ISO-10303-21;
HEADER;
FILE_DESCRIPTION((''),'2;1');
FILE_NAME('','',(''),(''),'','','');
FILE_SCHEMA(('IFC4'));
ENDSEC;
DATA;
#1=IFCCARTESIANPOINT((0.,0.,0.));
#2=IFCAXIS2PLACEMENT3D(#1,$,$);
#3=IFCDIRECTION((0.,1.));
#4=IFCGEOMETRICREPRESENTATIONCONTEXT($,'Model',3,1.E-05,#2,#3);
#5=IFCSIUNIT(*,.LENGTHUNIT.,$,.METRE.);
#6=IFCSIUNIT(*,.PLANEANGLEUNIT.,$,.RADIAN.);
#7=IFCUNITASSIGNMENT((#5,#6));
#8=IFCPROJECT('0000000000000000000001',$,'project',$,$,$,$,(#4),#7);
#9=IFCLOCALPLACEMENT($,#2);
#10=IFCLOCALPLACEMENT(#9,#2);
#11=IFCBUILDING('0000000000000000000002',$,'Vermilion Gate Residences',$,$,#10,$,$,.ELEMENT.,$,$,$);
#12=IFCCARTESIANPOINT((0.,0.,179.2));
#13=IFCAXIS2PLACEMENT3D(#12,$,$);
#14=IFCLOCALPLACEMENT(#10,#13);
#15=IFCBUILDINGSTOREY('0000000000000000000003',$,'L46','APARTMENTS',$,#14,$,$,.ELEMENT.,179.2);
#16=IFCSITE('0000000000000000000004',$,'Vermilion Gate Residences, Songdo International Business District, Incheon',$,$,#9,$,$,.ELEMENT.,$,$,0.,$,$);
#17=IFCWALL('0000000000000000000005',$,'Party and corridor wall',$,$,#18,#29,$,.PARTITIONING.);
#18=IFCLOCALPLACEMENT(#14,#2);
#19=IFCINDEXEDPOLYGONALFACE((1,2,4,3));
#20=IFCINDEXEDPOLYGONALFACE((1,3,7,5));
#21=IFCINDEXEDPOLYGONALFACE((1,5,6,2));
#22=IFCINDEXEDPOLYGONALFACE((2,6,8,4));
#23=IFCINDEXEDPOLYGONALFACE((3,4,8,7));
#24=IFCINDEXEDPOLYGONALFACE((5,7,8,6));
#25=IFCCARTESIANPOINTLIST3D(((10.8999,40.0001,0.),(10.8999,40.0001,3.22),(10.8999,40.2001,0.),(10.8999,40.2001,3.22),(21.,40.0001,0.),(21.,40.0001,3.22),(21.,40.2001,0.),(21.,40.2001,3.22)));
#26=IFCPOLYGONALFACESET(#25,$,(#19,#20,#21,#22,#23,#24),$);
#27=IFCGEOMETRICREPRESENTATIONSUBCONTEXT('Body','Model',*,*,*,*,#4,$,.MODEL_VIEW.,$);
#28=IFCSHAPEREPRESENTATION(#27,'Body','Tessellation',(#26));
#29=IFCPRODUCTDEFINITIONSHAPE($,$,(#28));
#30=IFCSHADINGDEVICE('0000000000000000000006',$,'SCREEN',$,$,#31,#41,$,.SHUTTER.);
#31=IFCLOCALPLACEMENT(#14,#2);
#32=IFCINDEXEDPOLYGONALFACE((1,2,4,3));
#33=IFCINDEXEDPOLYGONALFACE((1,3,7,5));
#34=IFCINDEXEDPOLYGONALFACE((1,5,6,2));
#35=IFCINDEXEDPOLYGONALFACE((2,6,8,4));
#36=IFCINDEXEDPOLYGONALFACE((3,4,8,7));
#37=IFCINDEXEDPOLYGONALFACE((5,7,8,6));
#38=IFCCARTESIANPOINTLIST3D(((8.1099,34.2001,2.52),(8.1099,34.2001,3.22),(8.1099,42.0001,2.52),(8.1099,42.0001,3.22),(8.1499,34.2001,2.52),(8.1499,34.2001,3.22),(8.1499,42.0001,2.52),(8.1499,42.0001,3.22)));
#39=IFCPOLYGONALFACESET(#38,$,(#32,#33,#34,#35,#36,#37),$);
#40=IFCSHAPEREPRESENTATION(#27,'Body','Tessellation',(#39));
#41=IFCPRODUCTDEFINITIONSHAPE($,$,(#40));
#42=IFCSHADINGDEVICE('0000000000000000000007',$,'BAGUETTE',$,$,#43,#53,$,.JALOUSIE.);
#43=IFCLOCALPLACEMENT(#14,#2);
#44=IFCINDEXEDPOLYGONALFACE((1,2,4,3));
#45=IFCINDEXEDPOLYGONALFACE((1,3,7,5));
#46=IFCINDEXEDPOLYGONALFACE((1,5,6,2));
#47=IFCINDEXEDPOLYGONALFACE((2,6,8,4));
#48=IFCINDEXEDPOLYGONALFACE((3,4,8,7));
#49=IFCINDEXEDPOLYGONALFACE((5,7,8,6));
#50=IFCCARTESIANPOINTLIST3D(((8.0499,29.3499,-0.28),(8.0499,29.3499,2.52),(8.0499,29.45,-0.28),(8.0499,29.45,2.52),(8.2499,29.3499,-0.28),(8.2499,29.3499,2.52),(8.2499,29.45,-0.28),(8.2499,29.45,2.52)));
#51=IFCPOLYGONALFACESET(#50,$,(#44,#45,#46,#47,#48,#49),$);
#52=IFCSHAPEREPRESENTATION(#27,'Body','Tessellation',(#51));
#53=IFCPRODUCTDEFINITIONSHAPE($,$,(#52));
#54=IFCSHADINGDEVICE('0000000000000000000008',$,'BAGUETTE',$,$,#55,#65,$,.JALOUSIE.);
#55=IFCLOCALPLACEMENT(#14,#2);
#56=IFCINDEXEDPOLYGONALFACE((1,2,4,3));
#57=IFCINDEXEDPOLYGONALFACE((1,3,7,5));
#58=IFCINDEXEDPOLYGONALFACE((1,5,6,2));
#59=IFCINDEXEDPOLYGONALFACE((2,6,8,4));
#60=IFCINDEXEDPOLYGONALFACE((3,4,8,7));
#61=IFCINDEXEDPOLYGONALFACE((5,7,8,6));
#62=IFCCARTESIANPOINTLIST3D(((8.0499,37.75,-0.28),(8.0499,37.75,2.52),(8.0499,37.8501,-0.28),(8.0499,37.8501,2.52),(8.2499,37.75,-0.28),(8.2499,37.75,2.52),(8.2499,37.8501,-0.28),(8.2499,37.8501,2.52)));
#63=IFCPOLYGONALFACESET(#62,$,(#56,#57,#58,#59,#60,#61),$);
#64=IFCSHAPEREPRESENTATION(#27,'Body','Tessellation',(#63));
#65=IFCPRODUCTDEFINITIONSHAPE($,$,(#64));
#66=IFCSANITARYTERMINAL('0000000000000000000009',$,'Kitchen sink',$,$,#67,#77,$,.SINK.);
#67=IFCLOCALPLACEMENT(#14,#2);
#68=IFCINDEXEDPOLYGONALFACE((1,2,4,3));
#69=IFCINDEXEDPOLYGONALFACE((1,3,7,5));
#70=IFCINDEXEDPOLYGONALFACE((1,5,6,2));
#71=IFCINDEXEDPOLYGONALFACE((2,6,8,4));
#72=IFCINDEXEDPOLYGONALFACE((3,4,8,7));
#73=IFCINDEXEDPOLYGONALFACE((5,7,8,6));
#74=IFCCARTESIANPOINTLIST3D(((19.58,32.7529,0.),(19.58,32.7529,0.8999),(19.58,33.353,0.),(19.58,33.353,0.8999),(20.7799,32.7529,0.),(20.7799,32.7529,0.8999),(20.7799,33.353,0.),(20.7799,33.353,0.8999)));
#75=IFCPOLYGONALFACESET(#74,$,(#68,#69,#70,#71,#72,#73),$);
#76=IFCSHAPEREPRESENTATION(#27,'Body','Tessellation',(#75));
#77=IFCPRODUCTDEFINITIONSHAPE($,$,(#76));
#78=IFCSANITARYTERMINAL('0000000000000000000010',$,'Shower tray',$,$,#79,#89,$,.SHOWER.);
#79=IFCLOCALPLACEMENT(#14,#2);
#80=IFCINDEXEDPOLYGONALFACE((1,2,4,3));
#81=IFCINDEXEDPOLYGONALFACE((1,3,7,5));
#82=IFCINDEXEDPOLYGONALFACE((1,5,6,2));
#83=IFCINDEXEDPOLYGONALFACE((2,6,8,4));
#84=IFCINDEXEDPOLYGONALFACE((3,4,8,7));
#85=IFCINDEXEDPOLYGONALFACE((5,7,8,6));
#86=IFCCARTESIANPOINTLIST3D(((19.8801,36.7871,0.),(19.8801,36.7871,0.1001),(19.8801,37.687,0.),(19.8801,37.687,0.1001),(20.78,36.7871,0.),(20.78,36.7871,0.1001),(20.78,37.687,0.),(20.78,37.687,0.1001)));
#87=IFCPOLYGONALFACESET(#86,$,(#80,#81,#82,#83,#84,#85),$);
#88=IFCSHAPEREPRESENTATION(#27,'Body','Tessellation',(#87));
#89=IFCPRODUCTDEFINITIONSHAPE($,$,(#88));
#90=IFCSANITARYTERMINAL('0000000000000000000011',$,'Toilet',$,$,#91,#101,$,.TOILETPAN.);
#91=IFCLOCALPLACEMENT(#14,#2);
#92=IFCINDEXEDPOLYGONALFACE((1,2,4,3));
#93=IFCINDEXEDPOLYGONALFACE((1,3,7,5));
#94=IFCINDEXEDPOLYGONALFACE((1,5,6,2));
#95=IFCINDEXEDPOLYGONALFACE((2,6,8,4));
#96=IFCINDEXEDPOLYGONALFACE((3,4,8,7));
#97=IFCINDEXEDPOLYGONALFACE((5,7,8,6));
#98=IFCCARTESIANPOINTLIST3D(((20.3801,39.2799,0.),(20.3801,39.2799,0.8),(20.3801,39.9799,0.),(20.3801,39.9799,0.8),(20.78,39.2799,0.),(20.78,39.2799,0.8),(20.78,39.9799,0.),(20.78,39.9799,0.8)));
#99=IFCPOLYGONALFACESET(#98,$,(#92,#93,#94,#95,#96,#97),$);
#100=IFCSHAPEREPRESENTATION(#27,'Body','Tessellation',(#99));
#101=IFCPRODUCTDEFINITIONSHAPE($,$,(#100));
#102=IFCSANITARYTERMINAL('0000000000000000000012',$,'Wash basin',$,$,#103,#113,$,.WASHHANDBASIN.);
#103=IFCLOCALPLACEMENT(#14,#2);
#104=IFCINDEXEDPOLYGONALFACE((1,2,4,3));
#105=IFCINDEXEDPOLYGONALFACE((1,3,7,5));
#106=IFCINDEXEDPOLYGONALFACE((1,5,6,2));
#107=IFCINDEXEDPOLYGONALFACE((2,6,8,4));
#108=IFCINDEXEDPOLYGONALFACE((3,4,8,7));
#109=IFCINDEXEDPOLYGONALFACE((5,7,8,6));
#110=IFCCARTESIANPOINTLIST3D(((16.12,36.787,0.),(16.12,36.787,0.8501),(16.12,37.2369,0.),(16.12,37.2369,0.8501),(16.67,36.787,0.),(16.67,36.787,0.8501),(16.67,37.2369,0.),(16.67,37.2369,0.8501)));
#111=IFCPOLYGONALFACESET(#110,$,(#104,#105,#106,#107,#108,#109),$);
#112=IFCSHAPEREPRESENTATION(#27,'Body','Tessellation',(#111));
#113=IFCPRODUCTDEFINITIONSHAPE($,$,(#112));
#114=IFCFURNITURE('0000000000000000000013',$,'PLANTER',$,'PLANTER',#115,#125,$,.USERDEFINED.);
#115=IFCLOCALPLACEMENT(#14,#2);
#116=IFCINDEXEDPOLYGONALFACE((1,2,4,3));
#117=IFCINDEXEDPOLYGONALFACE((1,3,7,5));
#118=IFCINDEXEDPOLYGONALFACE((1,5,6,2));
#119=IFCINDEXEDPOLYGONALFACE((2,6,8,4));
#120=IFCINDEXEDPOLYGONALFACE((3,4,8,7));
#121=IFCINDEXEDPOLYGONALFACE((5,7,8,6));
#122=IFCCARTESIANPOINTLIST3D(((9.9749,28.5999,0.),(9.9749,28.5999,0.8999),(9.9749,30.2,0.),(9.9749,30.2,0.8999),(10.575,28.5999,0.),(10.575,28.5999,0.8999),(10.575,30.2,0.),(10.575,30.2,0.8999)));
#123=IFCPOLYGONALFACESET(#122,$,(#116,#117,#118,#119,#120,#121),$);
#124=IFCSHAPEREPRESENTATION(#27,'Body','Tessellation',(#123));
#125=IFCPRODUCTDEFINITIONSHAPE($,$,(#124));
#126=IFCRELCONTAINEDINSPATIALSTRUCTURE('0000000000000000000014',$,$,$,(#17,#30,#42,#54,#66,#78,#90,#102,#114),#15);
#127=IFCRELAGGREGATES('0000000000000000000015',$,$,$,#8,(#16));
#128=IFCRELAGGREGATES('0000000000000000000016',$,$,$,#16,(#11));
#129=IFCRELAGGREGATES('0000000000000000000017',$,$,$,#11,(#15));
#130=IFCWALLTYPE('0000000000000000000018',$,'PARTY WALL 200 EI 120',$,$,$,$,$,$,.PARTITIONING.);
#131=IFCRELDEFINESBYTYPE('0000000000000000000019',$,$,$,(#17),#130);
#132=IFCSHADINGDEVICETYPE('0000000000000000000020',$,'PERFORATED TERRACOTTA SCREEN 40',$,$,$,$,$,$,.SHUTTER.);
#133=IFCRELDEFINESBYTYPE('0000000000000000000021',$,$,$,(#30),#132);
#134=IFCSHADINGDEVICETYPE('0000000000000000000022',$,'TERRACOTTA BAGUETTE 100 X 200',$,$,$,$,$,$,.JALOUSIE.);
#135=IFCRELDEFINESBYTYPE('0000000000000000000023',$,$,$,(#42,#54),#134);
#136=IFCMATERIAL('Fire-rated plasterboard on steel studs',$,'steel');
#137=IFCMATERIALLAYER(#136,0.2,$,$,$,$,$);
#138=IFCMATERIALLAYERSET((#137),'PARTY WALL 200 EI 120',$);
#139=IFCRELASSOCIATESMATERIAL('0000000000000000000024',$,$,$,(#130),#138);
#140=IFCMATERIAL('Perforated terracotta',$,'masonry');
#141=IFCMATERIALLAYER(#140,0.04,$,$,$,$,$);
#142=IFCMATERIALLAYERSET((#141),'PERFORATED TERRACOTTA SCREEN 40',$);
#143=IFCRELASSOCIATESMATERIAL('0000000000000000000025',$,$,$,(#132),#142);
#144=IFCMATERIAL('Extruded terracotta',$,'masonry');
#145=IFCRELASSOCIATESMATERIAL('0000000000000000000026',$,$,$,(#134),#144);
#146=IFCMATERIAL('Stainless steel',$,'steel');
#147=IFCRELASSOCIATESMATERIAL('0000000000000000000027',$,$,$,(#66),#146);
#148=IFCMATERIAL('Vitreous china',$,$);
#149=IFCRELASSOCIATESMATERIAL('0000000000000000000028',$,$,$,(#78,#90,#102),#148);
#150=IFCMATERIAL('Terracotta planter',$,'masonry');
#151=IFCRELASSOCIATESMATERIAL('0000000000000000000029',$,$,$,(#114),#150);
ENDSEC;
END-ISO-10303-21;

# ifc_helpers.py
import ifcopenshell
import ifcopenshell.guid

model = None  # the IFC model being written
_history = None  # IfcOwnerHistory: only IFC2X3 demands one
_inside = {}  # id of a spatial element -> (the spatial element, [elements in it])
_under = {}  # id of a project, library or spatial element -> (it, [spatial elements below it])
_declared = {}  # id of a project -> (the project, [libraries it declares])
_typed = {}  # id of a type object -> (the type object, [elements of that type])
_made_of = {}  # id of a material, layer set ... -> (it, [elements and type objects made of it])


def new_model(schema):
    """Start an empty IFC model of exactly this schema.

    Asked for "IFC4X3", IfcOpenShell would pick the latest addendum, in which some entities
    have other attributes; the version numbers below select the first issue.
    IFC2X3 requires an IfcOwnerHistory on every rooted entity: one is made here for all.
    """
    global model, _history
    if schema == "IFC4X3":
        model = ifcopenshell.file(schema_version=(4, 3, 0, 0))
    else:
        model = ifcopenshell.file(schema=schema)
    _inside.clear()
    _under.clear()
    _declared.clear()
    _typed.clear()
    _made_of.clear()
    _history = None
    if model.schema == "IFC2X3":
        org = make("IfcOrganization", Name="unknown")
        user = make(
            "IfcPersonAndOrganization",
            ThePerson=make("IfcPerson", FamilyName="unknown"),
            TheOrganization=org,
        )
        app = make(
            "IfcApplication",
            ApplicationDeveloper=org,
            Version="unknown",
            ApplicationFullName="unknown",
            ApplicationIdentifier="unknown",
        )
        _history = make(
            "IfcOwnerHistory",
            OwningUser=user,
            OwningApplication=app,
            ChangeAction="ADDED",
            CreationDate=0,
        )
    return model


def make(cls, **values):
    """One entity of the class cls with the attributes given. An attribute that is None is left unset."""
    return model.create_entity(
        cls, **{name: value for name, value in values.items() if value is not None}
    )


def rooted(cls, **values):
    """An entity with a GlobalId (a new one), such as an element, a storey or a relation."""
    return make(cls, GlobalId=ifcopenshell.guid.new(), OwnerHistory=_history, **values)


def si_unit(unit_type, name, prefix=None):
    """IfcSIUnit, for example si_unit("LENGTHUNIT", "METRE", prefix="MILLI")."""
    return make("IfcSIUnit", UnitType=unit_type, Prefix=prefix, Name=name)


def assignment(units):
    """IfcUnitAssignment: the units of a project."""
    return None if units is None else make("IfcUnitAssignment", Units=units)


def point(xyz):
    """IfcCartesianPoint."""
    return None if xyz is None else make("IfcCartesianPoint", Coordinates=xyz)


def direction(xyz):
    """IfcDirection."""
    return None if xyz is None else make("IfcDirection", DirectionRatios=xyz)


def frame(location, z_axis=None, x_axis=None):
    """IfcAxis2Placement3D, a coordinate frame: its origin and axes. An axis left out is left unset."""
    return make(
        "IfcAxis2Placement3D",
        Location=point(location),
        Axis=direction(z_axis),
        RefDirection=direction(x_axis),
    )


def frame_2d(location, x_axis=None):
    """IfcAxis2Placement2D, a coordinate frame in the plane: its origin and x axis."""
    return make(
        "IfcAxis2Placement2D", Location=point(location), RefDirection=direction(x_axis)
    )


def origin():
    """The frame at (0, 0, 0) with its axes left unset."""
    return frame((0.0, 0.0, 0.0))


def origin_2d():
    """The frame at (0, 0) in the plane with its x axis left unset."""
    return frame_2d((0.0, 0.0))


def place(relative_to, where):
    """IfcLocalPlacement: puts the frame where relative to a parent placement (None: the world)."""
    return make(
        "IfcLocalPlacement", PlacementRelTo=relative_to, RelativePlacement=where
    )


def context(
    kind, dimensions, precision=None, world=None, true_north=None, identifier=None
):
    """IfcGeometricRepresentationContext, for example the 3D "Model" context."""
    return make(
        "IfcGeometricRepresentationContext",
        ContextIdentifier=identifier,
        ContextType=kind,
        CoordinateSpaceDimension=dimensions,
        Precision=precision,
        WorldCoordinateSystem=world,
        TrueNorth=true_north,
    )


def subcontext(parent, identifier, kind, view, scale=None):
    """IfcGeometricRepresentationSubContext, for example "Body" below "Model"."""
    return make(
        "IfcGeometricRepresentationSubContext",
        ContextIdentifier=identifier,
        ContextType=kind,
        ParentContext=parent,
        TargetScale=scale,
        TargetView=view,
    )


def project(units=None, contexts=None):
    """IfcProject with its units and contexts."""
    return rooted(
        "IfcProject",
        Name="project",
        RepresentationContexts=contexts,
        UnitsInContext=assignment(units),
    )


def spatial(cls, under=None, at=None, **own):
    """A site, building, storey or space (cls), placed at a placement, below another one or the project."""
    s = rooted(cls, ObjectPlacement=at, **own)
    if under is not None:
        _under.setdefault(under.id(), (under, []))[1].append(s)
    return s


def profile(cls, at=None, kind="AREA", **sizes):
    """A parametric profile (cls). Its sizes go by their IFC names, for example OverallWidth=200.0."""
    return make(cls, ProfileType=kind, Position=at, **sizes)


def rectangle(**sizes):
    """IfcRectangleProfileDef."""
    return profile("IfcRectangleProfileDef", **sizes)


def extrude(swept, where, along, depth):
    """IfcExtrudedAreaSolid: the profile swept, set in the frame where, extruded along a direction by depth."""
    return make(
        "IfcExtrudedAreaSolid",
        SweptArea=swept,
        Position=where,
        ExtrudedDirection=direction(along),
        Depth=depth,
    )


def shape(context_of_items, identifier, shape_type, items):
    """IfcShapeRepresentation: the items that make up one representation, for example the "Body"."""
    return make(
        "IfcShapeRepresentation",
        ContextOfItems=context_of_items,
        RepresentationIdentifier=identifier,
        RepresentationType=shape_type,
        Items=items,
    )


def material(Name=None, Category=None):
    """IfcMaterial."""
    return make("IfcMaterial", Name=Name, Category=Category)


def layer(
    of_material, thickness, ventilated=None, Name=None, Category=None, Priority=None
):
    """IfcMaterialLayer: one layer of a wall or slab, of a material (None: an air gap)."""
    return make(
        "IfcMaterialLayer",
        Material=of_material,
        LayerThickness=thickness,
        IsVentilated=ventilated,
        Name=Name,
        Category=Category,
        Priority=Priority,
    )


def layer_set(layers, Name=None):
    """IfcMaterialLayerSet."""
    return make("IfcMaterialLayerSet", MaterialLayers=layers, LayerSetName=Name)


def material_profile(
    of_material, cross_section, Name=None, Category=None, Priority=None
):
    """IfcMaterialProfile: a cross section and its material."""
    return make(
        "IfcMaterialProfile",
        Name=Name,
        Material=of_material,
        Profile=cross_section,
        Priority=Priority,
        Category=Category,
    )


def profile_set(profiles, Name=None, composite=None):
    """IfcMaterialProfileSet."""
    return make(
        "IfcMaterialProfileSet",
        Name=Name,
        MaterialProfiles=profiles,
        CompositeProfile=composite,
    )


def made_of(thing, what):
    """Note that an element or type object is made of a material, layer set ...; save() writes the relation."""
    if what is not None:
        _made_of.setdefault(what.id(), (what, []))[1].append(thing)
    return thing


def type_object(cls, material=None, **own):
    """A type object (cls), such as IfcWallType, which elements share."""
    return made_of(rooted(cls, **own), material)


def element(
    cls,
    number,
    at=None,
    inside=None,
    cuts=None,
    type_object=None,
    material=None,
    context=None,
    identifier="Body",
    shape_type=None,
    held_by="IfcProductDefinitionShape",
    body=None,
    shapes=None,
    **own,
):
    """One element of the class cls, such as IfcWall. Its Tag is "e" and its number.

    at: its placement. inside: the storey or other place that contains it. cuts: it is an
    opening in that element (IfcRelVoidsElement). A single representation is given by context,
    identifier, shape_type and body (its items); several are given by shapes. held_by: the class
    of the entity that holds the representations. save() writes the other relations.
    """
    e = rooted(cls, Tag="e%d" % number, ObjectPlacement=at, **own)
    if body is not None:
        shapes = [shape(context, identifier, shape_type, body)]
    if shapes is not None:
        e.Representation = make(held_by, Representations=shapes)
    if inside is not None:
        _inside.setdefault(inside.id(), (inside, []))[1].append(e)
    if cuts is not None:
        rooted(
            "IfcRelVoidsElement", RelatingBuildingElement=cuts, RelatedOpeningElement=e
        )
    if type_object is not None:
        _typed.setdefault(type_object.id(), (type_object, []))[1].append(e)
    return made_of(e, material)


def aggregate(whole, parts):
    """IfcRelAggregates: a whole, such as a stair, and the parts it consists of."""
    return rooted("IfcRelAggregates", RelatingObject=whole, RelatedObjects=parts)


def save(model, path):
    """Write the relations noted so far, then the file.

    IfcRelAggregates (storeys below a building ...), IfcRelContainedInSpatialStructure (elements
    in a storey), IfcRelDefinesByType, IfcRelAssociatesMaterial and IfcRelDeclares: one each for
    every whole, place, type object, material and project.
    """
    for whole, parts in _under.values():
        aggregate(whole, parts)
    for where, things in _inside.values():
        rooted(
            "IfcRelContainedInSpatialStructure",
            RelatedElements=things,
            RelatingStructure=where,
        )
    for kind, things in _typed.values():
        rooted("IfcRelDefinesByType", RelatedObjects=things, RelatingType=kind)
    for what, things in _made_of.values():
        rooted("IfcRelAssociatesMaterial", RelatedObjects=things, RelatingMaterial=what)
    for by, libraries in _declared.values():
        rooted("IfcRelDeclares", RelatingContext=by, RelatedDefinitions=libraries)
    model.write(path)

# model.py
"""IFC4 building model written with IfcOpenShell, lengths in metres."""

from ifc_helpers import new_model, si_unit, direction, frame, frame_2d, origin, origin_2d, place, context, subcontext, project, spatial, rectangle, extrude, material, layer, layer_set, material_profile, profile_set, type_object, element, save


model = new_model("IFC4")

# Units and contexts
model_context = context("Model", 3, precision=1e-05, world=origin(), true_north=direction((0.0, 1.0)))
body_context = subcontext(model_context, "Body", "Model", "MODEL_VIEW")
ifc_project = project(units=[si_unit("LENGTHUNIT", "METRE"), si_unit("PLANEANGLEUNIT", "RADIAN")], contexts=[model_context])

# Site, building, storey
site_placement = place(None, origin())
site = spatial("IfcSite", under=ifc_project, at=site_placement, Name="Vermilion Gate Residences, Songdo International Business District, Incheon", CompositionType="ELEMENT", RefElevation=0.0)
building_placement = place(site_placement, origin())
building = spatial("IfcBuilding", under=site, at=building_placement, Name="Vermilion Gate Residences", CompositionType="ELEMENT")
storey_placement = place(building_placement, frame((0.0, 0.0, 179.2)))
storey = spatial("IfcBuildingStorey", under=building, at=storey_placement, Name="L46", Description="APARTMENTS", CompositionType="ELEMENT", Elevation=179.2)

# Wall
ifc_material_1 = material(Name="Fire-rated plasterboard on steel studs", Category="steel")
ifc_layer_1 = layer(ifc_material_1, 0.2)
ifc_layer_set_1 = layer_set([ifc_layer_1], Name="PARTY WALL 200 EI 120")
wall_type_1 = type_object("IfcWallType", Name="PARTY WALL 200 EI 120", PredefinedType="PARTITIONING", material=ifc_layer_set_1)
wall_1_placement = place(storey_placement, frame((10.8999, 40.1001, 0.0), z_axis=(0.0, 0.0, 1.0), x_axis=(1.0, 0.0, 0.0)))
element("IfcWall", 1, at=wall_1_placement, inside=storey, type_object=wall_type_1, Name="Party and corridor wall", PredefinedType="PARTITIONING", context=body_context, shape_type="SweptSolid", body=[
    extrude(rectangle(XDim=10.1001, YDim=0.2, at=frame_2d((5.05, 0.0))), origin(), (0.0, 0.0, 1.0), 3.22),
])

# Shading devices
ifc_material_2 = material(Name="Perforated terracotta", Category="masonry")
ifc_layer_2 = layer(ifc_material_2, 0.04)
ifc_layer_set_2 = layer_set([ifc_layer_2], Name="PERFORATED TERRACOTTA SCREEN 40")
shading_device_type_1 = type_object("IfcShadingDeviceType", Name="PERFORATED TERRACOTTA SCREEN 40", PredefinedType="SHUTTER", material=ifc_layer_set_2)
shading_device_placement = place(storey_placement, frame((8.1299, 38.1001, 2.52), z_axis=(0.0, 0.0, 1.0), x_axis=(0.0, -1.0, 0.0)))
element("IfcShadingDevice", 2, at=shading_device_placement, inside=storey, type_object=shading_device_type_1, Name="SCREEN", PredefinedType="SHUTTER", context=body_context, shape_type="SweptSolid", body=[
    extrude(rectangle(XDim=7.8, YDim=0.04, at=origin_2d()), origin(), (0.0, 0.0, 1.0), 0.7),
])
ifc_material_3 = material(Name="Extruded terracotta", Category="masonry")
ifc_material_profile_1 = material_profile(ifc_material_3, rectangle(XDim=0.2, YDim=0.1001, at=origin_2d()), Name="BAGUETTE 100 X 200")
ifc_profile_set_1 = profile_set([ifc_material_profile_1], Name="Extruded terracotta")
shading_device_type_2 = type_object("IfcShadingDeviceType", Name="TERRACOTTA BAGUETTE 100 X 200", PredefinedType="JALOUSIE", material=ifc_profile_set_1)
for number, where, z_axis, x_axis, name in (
    (3, (8.1499, 29.3999, -0.28), (0.0, 0.0, 1.0), (1.0, 0.0, 0.0), "BAGUETTE"),
    (4, (8.1499, 37.8, -0.28), (0.0, 0.0, 1.0), (1.0, 0.0, 0.0), "BAGUETTE"),
):
    element("IfcShadingDevice", number, at=place(storey_placement, frame(where, z_axis=z_axis, x_axis=x_axis)), inside=storey, type_object=shading_device_type_2, Name=name, PredefinedType="JALOUSIE", context=body_context, shape_type="SweptSolid", body=[
        extrude(rectangle(XDim=0.2, YDim=0.1001, at=origin_2d()), origin(), (0.0, 0.0, 1.0), 2.8),
    ])

# Sanitary terminals
ifc_material_4 = material(Name="Stainless steel", Category="steel")
sanitary_terminal_1_placement = place(storey_placement, frame((20.1799, 33.053, 0.0), z_axis=(0.0, 0.0, 1.0), x_axis=(1.0, 0.0, 0.0)))
element("IfcSanitaryTerminal", 5, at=sanitary_terminal_1_placement, inside=storey, material=ifc_material_4, Name="Kitchen sink", PredefinedType="SINK", context=body_context, shape_type="SweptSolid", body=[
    extrude(rectangle(XDim=1.2, YDim=0.6001, at=origin_2d()), origin(), (0.0, 0.0, 1.0), 0.8999),
])
ifc_material_5 = material(Name="Vitreous china")
sanitary_terminal_2_placement = place(storey_placement, frame((20.3301, 37.2371, 0.0), z_axis=(0.0, 0.0, 1.0), x_axis=(1.0, 0.0, 0.0)))
element("IfcSanitaryTerminal", 6, at=sanitary_terminal_2_placement, inside=storey, material=ifc_material_5, Name="Shower tray", PredefinedType="SHOWER", context=body_context, shape_type="SweptSolid", body=[
    extrude(rectangle(XDim=0.8999, YDim=0.8999, at=origin_2d()), origin(), (0.0, 0.0, 1.0), 0.1001),
])
sanitary_terminal_3_placement = place(storey_placement, frame((20.5801, 39.6299, 0.0), z_axis=(0.0, 0.0, 1.0), x_axis=(1.0, 0.0, 0.0)))
element("IfcSanitaryTerminal", 7, at=sanitary_terminal_3_placement, inside=storey, material=ifc_material_5, Name="Toilet", PredefinedType="TOILETPAN", context=body_context, shape_type="SweptSolid", body=[
    extrude(rectangle(XDim=0.3999, YDim=0.7, at=origin_2d()), origin(), (0.0, 0.0, 1.0), 0.8),
])
sanitary_terminal_4_placement = place(storey_placement, frame((16.395, 37.012, 0.0), z_axis=(0.0, 0.0, 1.0), x_axis=(1.0, 0.0, 0.0)))
element("IfcSanitaryTerminal", 8, at=sanitary_terminal_4_placement, inside=storey, material=ifc_material_5, Name="Wash basin", PredefinedType="WASHHANDBASIN", context=body_context, shape_type="SweptSolid", body=[
    extrude(rectangle(XDim=0.55, YDim=0.45, at=origin_2d()), origin(), (0.0, 0.0, 1.0), 0.8501),
])

# Furniture
ifc_material_6 = material(Name="Terracotta planter", Category="masonry")
furniture_placement = place(storey_placement, frame((10.2749, 29.3999, 0.0), z_axis=(0.0, 0.0, 1.0), x_axis=(0.0, -1.0, 0.0)))
element("IfcFurniture", 9, at=furniture_placement, inside=storey, material=ifc_material_6, Name="PLANTER", ObjectType="PLANTER", PredefinedType="USERDEFINED", context=body_context, shape_type="SweptSolid", body=[
    extrude(rectangle(XDim=1.6001, YDim=0.6001, at=origin_2d()), origin(), (0.0, 0.0, 1.0), 0.8999),
])

save(model, "model.ifc")
